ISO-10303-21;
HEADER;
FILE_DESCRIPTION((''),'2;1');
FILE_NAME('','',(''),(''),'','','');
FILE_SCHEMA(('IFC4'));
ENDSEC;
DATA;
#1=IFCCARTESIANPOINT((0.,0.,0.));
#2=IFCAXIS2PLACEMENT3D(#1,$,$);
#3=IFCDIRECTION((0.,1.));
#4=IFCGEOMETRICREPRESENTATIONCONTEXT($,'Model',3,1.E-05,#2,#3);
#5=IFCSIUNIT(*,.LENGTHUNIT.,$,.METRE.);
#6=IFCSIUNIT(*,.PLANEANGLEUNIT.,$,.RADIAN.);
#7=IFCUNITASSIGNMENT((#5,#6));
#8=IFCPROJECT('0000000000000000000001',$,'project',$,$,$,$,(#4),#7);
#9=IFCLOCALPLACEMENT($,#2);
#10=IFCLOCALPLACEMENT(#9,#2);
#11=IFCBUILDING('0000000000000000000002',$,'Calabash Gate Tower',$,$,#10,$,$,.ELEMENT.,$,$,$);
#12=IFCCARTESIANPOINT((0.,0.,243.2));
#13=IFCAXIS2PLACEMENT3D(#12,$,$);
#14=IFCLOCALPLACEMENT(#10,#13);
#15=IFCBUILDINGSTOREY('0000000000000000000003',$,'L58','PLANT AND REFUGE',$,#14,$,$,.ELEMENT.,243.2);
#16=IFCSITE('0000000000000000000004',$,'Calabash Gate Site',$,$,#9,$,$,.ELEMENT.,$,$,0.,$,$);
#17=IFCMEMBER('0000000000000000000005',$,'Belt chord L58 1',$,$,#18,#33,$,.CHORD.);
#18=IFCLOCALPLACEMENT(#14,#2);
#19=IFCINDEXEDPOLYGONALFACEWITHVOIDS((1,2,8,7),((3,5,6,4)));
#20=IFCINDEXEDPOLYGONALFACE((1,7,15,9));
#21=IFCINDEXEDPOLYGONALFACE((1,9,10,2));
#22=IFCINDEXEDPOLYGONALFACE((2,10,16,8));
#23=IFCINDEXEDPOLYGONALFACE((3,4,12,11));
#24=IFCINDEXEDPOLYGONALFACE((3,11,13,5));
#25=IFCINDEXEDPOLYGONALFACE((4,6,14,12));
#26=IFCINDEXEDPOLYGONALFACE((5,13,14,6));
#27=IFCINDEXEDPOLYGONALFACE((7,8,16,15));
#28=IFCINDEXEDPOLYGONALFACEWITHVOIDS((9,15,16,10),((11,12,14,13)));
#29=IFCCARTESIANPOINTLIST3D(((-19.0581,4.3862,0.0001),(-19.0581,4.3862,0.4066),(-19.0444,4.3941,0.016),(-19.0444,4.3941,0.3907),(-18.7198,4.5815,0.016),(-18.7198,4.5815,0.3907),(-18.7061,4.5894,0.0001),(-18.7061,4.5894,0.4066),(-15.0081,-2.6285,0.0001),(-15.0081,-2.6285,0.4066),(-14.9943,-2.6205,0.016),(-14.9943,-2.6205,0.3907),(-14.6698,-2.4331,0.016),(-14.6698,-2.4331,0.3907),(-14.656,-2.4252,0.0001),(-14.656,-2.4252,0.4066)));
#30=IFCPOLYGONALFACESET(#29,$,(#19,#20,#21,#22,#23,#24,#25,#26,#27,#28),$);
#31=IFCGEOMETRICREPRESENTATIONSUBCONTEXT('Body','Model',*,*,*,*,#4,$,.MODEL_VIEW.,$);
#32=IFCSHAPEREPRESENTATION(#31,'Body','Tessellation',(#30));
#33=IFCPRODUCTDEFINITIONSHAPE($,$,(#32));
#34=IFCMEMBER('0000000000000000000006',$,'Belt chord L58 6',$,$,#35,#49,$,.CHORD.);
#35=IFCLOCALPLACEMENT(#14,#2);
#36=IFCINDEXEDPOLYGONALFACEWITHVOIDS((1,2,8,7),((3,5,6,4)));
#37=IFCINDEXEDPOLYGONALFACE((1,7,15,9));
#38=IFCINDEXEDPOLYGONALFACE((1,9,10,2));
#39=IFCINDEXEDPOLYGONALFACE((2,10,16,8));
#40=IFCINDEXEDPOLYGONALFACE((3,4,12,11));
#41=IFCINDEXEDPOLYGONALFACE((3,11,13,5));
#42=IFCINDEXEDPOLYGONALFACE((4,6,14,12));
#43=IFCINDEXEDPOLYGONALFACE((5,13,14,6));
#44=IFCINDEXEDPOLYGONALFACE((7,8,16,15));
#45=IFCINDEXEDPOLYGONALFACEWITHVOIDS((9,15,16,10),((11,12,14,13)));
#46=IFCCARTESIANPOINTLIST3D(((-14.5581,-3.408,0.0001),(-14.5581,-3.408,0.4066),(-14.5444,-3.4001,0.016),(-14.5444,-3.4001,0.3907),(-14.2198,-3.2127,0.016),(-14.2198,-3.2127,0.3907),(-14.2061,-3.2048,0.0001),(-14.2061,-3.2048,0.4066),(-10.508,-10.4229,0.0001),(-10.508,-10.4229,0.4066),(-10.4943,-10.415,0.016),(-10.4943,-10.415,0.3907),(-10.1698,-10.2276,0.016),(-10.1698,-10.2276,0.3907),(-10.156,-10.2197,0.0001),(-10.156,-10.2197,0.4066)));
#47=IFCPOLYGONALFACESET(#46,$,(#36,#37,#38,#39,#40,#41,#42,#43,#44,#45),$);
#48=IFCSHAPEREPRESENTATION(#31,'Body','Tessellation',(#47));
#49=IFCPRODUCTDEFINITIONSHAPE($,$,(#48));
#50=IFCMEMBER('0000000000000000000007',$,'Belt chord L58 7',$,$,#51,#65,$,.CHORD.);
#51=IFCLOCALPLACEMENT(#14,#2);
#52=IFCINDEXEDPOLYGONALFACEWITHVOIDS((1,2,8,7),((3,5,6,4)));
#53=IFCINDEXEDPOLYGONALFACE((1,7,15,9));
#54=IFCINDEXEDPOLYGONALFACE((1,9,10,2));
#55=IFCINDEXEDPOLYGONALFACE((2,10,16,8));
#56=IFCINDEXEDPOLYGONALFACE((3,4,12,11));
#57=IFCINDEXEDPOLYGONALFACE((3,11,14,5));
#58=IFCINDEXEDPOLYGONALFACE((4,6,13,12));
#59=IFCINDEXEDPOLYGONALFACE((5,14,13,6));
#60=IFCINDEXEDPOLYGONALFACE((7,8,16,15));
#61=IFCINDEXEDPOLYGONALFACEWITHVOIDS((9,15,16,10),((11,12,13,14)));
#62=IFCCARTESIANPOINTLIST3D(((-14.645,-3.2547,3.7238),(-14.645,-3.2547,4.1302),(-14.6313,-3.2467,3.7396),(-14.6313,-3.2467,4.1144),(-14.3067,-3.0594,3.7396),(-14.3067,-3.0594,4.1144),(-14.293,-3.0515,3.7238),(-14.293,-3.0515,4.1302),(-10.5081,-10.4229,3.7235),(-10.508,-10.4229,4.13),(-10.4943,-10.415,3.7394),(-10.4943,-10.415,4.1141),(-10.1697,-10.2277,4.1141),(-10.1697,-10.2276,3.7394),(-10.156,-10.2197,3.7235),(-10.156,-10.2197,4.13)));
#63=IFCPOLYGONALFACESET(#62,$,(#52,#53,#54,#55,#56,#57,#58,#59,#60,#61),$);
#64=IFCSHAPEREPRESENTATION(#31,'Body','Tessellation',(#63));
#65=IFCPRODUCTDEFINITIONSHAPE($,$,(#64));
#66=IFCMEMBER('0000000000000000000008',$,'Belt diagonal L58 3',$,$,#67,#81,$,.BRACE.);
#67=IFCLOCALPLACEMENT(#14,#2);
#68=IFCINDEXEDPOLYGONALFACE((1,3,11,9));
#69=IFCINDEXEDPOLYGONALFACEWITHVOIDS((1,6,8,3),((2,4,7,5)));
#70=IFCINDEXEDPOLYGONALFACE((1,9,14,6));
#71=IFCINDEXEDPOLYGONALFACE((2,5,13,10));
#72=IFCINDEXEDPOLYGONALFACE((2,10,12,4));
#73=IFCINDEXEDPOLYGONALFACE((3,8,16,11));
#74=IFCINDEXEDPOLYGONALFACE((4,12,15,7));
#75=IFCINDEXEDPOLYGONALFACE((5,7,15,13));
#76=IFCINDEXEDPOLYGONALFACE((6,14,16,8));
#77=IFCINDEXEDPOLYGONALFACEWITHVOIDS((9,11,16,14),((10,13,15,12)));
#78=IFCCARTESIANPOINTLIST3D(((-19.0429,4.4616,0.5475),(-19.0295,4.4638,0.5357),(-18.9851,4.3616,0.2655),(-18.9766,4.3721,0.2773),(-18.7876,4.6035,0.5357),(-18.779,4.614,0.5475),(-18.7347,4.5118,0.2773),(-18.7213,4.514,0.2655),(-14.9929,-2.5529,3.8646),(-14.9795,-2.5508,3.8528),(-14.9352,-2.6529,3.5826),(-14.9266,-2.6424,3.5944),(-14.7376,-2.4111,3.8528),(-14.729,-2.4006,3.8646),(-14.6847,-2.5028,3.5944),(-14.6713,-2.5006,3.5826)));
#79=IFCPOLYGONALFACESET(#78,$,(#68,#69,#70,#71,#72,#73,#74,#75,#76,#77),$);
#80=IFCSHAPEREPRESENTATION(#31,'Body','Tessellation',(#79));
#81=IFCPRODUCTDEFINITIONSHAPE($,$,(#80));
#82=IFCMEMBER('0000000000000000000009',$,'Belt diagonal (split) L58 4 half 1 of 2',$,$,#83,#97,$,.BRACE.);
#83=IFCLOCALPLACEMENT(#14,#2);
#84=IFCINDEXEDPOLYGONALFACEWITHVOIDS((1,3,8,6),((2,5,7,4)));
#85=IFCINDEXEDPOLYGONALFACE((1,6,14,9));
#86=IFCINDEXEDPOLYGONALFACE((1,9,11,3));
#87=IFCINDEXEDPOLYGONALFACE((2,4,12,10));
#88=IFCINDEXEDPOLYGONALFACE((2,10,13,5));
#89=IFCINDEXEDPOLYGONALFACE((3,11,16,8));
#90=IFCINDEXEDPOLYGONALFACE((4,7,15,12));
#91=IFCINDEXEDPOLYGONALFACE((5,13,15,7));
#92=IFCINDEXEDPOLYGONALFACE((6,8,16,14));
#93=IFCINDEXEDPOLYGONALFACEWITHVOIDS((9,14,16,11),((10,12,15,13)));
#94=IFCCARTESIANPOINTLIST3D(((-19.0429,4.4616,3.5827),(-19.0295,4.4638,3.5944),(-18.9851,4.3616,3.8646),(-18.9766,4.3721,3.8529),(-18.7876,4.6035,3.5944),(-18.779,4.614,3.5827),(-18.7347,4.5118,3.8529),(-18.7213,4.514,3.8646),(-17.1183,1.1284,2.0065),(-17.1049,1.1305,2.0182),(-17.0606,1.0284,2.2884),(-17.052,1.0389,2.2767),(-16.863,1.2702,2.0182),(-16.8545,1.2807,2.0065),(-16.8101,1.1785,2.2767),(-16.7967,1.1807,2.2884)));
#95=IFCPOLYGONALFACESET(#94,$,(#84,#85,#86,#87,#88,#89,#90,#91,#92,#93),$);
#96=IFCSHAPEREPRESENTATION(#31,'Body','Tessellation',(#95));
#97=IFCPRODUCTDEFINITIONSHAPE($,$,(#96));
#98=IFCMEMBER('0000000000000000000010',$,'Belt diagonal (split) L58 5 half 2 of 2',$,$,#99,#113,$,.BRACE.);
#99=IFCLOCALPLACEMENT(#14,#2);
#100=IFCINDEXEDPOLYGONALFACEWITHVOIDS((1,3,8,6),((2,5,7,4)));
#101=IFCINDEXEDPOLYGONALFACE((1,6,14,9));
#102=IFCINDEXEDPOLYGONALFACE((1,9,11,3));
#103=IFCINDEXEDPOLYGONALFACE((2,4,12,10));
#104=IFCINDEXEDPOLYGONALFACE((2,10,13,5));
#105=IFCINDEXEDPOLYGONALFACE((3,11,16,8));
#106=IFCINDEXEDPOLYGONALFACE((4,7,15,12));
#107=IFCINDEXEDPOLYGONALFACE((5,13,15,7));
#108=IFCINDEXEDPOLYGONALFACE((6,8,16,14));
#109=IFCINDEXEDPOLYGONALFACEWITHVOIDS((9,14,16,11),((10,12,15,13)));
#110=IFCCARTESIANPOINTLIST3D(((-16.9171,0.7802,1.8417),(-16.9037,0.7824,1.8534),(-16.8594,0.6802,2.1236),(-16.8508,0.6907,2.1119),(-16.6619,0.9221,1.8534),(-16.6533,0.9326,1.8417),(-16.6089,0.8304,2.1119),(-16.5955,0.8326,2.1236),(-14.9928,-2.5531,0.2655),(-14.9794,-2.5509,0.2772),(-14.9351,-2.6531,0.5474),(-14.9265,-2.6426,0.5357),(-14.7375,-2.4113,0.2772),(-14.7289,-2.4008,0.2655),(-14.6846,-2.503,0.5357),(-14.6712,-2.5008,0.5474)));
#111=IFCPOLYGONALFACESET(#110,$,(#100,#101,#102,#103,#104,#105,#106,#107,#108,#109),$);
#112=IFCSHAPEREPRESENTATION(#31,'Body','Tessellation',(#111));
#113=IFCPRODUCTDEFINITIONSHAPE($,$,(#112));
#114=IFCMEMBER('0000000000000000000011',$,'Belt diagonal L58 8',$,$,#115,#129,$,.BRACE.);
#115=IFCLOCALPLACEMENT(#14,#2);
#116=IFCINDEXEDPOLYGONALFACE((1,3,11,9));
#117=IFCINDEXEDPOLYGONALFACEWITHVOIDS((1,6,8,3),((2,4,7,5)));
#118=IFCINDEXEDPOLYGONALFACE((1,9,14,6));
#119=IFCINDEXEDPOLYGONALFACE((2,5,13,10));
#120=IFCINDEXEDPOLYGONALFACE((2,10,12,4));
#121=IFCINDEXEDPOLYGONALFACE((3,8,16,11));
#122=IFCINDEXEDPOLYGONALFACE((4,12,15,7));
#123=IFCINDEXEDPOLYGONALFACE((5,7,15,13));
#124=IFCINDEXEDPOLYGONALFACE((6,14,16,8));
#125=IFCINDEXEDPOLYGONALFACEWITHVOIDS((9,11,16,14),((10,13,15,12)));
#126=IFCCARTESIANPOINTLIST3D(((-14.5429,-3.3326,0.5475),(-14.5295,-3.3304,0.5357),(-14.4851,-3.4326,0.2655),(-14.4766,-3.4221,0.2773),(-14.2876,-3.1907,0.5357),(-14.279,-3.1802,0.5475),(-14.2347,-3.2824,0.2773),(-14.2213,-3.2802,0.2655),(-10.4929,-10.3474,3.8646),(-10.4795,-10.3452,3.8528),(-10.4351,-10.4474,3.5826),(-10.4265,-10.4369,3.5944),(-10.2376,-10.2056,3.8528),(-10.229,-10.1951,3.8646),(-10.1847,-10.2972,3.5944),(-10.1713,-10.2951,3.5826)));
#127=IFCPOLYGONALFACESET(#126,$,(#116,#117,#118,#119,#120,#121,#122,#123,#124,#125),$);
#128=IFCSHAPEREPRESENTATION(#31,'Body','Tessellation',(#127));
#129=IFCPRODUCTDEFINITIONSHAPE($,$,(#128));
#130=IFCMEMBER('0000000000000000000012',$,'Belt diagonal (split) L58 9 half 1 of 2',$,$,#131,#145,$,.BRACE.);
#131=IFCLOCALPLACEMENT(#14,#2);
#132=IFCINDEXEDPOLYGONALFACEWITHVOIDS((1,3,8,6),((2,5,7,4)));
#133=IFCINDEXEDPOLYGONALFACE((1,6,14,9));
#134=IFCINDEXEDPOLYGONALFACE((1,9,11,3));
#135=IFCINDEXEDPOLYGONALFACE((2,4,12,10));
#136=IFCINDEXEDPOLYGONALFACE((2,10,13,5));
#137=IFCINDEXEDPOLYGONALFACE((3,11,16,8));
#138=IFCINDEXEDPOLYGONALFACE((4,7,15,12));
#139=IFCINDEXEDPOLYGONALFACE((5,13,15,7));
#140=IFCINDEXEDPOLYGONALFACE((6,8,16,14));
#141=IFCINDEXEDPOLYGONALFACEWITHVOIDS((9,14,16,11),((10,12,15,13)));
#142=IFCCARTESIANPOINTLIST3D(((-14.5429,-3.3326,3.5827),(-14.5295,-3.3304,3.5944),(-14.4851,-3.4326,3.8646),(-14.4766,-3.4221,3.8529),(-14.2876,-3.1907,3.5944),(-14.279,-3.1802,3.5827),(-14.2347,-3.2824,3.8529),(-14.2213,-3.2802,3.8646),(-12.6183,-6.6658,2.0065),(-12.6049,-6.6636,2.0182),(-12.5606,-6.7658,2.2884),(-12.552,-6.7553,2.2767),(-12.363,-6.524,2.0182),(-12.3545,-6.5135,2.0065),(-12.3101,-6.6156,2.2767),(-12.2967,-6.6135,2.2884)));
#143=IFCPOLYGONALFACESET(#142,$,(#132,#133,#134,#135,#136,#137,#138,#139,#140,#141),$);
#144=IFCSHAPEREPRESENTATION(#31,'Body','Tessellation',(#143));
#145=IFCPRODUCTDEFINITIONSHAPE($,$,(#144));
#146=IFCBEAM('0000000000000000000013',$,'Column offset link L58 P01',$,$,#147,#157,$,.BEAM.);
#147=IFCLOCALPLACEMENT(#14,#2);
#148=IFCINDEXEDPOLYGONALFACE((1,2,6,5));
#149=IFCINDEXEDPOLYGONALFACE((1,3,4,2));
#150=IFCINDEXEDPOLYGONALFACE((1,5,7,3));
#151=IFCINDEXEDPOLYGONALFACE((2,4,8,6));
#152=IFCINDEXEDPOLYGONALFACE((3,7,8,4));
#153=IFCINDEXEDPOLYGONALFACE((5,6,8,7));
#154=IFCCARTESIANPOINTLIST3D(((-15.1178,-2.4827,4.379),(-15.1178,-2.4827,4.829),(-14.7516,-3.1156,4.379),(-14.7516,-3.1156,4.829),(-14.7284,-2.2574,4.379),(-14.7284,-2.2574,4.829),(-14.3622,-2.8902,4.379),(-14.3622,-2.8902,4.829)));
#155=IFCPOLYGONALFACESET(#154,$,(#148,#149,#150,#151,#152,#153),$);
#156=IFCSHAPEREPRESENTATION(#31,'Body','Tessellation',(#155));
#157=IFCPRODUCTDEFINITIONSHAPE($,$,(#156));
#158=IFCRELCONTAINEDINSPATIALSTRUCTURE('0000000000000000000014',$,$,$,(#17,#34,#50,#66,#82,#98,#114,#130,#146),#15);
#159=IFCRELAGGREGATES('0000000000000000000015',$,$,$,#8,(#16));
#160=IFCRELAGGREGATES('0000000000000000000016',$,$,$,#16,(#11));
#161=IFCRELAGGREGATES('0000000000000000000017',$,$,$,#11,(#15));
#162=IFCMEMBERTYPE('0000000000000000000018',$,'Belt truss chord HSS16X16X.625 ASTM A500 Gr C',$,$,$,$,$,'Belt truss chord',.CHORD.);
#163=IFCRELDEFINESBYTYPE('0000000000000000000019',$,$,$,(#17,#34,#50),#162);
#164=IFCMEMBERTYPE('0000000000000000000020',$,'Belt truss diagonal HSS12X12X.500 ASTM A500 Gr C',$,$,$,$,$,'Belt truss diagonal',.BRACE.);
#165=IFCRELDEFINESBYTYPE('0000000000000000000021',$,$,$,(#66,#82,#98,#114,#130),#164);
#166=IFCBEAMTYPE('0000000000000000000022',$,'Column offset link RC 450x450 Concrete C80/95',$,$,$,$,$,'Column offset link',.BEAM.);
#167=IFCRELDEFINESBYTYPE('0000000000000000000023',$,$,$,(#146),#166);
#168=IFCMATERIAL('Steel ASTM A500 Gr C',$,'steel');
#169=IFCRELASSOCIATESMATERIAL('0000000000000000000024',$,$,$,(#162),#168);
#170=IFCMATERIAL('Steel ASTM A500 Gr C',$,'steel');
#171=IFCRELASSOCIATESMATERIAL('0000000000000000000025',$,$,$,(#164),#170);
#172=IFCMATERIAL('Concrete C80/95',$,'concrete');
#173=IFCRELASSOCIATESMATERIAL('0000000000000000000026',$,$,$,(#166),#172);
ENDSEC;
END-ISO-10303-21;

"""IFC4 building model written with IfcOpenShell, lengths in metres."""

from ifc_helpers import new_model, si_unit, direction, frame, origin, origin_2d, place, context, subcontext, project, spatial, rectangle, hollow_rectangle, extrude, material, material_profile, profile_set, type_object, element, save


model = new_model("IFC4")

# Units and contexts
model_context = context("Model", 3, precision=1e-05, world=origin(), true_north=direction((0.0, 1.0)))
body_context = subcontext(model_context, "Body", "Model", "MODEL_VIEW")
ifc_project = project(units=[si_unit("LENGTHUNIT", "METRE"), si_unit("PLANEANGLEUNIT", "RADIAN")], contexts=[model_context])

# Site, building, storey
site_placement = place(None, origin())
site = spatial("IfcSite", under=ifc_project, at=site_placement, Name="Calabash Gate Site", CompositionType="ELEMENT", RefElevation=0.0)
building_placement = place(site_placement, origin())
building = spatial("IfcBuilding", under=site, at=building_placement, Name="Calabash Gate Tower", CompositionType="ELEMENT")
storey_placement = place(building_placement, frame((0.0, 0.0, 243.2)))
storey = spatial("IfcBuildingStorey", under=building, at=storey_placement, Name="L58", Description="PLANT AND REFUGE", CompositionType="ELEMENT", Elevation=243.2)

# Members
ifc_material_1 = material(Name="Steel ASTM A500 Gr C", Category="steel")
ifc_material_profile_1 = material_profile(ifc_material_1, hollow_rectangle(XDim=0.4065, YDim=0.4065, WallThickness=0.0159, at=origin_2d()))
ifc_profile_set_1 = profile_set([ifc_material_profile_1], Name="Steel ASTM A500 Gr C")
member_type_1 = type_object("IfcMemberType", Name="Belt truss chord HSS16X16X.625 ASTM A500 Gr C", ElementType="Belt truss chord", PredefinedType="CHORD", material=ifc_profile_set_1)
member_1_placement = place(storey_placement, frame((-18.8821, 4.4878, 0.2034), z_axis=(0.500013, -0.866018, 0.0), x_axis=(0.866018, 0.500013, 0.0)))
element("IfcMember", 1, at=member_1_placement, inside=storey, type_object=member_type_1, Name="Belt chord L58 1", PredefinedType="CHORD", context=body_context, shape_type="SweptSolid", body=[
    extrude(hollow_rectangle(XDim=0.4065, YDim=0.4065, WallThickness=0.0159, at=origin_2d()), origin(), (0.0, 0.0, 1.0), 8.0999),
])
member_2_placement = place(storey_placement, frame((-14.3821, -3.3064, 0.2034), z_axis=(0.5, -0.866025, 0.0), x_axis=(0.866025, 0.5, 0.0)))
element("IfcMember", 2, at=member_2_placement, inside=storey, type_object=member_type_1, Name="Belt chord L58 6", PredefinedType="CHORD", context=body_context, shape_type="SweptSolid", body=[
    extrude(hollow_rectangle(XDim=0.4065, YDim=0.4065, WallThickness=0.0159, at=origin_2d()), origin(), (0.0, 0.0, 1.0), 8.1001),
])
member_3_placement = place(storey_placement, frame((-14.469, -3.1531, 3.927), z_axis=(0.499854, -0.866109, -0.000029), x_axis=(0.866109, 0.499854, 0.0)))
element("IfcMember", 3, at=member_3_placement, inside=storey, type_object=member_type_1, Name="Belt chord L58 7", PredefinedType="CHORD", context=body_context, shape_type="SweptSolid", body=[
    extrude(hollow_rectangle(XDim=0.4065, YDim=0.4065, WallThickness=0.0159, at=origin_2d()), origin(), (0.0, 0.0, 1.0), 8.2764),
])
ifc_material_2 = material(Name="Steel ASTM A500 Gr C", Category="steel")
ifc_material_profile_2 = material_profile(ifc_material_2, hollow_rectangle(XDim=0.3047, YDim=0.3047, WallThickness=0.0127, at=origin_2d()))
ifc_profile_set_2 = profile_set([ifc_material_profile_2], Name="Steel ASTM A500 Gr C")
member_type_2 = type_object("IfcMemberType", Name="Belt truss diagonal HSS12X12X.500 ASTM A500 Gr C", ElementType="Belt truss diagonal", PredefinedType="BRACE", material=ifc_profile_set_2)
member_4_placement = place(storey_placement, frame((-18.8821, 4.4878, 0.4065), z_axis=(0.462714, -0.801417, 0.37898), x_axis=(0.866018, 0.500013, 0.0)))
element("IfcMember", 4, at=member_4_placement, inside=storey, type_object=member_type_2, Name="Belt diagonal L58 3", PredefinedType="BRACE", context=body_context, shape_type="SweptSolid", body=[
    extrude(hollow_rectangle(XDim=0.3047, YDim=0.3047, WallThickness=0.0127, at=origin_2d()), origin(), (0.0, 0.0, 1.0), 8.7527),
])
for number, where, z_axis, x_axis, name in (
    (5, (-18.8821, 4.4878, 3.7236), (0.462725, -0.80142, -0.378962), (0.866013, 0.500021, 0.0), "Belt diagonal (split) L58 4 half 1 of 2"),
    (6, (-16.7563, 0.8064, 1.9827), (0.462679, -0.801441, -0.378972), (0.866041, 0.499973, 0.0), "Belt diagonal (split) L58 5 half 2 of 2"),
):
    element("IfcMember", number, at=place(storey_placement, frame(where, z_axis=z_axis, x_axis=x_axis)), inside=storey, type_object=member_type_2, Name=name, PredefinedType="BRACE", context=body_context, shape_type="SweptSolid", body=[
        extrude(hollow_rectangle(XDim=0.3047, YDim=0.3047, WallThickness=0.0127, at=origin_2d()), origin(), (0.0, 0.0, 1.0), 4.1592),
    ])
member_5_placement = place(storey_placement, frame((-14.3821, -3.3064, 0.4065), z_axis=(0.462704, -0.801427, 0.378972), x_axis=(0.866025, 0.5, 0.0)))
element("IfcMember", 7, at=member_5_placement, inside=storey, type_object=member_type_2, Name="Belt diagonal L58 8", PredefinedType="BRACE", context=body_context, shape_type="SweptSolid", body=[
    extrude(hollow_rectangle(XDim=0.3047, YDim=0.3047, WallThickness=0.0127, at=origin_2d()), origin(), (0.0, 0.0, 1.0), 8.7529),
])
member_6_placement = place(storey_placement, frame((-14.3821, -3.3064, 3.7236), z_axis=(0.462725, -0.80142, -0.378962), x_axis=(0.866013, 0.500021, 0.0)))
element("IfcMember", 8, at=member_6_placement, inside=storey, type_object=member_type_2, Name="Belt diagonal (split) L58 9 half 1 of 2", PredefinedType="BRACE", context=body_context, shape_type="SweptSolid", body=[
    extrude(hollow_rectangle(XDim=0.3047, YDim=0.3047, WallThickness=0.0127, at=origin_2d()), origin(), (0.0, 0.0, 1.0), 4.1592),
])

# Beam
ifc_material_3 = material(Name="Concrete C80/95", Category="concrete")
ifc_material_profile_3 = material_profile(ifc_material_3, rectangle(XDim=0.45, YDim=0.45, at=origin_2d()))
ifc_profile_set_3 = profile_set([ifc_material_profile_3], Name="Concrete C80/95")
beam_type_1 = type_object("IfcBeamType", Name="Column offset link RC 450x450 Concrete C80/95", ElementType="Column offset link", PredefinedType="BEAM", material=ifc_profile_set_3)
beam_1_placement = place(storey_placement, frame((-14.5569, -3.0029, 4.604), z_axis=(-0.500878, 0.865518, 0.0), x_axis=(-0.865518, -0.500878, 0.0)))
element("IfcBeam", 9, at=beam_1_placement, inside=storey, type_object=beam_type_1, Name="Column offset link L58 P01", PredefinedType="BEAM", context=body_context, shape_type="SweptSolid", body=[
    extrude(rectangle(XDim=0.45, YDim=0.45, at=origin_2d()), origin(), (0.0, 0.0, 1.0), 0.7312),
])

save(model, "model.ifc")
